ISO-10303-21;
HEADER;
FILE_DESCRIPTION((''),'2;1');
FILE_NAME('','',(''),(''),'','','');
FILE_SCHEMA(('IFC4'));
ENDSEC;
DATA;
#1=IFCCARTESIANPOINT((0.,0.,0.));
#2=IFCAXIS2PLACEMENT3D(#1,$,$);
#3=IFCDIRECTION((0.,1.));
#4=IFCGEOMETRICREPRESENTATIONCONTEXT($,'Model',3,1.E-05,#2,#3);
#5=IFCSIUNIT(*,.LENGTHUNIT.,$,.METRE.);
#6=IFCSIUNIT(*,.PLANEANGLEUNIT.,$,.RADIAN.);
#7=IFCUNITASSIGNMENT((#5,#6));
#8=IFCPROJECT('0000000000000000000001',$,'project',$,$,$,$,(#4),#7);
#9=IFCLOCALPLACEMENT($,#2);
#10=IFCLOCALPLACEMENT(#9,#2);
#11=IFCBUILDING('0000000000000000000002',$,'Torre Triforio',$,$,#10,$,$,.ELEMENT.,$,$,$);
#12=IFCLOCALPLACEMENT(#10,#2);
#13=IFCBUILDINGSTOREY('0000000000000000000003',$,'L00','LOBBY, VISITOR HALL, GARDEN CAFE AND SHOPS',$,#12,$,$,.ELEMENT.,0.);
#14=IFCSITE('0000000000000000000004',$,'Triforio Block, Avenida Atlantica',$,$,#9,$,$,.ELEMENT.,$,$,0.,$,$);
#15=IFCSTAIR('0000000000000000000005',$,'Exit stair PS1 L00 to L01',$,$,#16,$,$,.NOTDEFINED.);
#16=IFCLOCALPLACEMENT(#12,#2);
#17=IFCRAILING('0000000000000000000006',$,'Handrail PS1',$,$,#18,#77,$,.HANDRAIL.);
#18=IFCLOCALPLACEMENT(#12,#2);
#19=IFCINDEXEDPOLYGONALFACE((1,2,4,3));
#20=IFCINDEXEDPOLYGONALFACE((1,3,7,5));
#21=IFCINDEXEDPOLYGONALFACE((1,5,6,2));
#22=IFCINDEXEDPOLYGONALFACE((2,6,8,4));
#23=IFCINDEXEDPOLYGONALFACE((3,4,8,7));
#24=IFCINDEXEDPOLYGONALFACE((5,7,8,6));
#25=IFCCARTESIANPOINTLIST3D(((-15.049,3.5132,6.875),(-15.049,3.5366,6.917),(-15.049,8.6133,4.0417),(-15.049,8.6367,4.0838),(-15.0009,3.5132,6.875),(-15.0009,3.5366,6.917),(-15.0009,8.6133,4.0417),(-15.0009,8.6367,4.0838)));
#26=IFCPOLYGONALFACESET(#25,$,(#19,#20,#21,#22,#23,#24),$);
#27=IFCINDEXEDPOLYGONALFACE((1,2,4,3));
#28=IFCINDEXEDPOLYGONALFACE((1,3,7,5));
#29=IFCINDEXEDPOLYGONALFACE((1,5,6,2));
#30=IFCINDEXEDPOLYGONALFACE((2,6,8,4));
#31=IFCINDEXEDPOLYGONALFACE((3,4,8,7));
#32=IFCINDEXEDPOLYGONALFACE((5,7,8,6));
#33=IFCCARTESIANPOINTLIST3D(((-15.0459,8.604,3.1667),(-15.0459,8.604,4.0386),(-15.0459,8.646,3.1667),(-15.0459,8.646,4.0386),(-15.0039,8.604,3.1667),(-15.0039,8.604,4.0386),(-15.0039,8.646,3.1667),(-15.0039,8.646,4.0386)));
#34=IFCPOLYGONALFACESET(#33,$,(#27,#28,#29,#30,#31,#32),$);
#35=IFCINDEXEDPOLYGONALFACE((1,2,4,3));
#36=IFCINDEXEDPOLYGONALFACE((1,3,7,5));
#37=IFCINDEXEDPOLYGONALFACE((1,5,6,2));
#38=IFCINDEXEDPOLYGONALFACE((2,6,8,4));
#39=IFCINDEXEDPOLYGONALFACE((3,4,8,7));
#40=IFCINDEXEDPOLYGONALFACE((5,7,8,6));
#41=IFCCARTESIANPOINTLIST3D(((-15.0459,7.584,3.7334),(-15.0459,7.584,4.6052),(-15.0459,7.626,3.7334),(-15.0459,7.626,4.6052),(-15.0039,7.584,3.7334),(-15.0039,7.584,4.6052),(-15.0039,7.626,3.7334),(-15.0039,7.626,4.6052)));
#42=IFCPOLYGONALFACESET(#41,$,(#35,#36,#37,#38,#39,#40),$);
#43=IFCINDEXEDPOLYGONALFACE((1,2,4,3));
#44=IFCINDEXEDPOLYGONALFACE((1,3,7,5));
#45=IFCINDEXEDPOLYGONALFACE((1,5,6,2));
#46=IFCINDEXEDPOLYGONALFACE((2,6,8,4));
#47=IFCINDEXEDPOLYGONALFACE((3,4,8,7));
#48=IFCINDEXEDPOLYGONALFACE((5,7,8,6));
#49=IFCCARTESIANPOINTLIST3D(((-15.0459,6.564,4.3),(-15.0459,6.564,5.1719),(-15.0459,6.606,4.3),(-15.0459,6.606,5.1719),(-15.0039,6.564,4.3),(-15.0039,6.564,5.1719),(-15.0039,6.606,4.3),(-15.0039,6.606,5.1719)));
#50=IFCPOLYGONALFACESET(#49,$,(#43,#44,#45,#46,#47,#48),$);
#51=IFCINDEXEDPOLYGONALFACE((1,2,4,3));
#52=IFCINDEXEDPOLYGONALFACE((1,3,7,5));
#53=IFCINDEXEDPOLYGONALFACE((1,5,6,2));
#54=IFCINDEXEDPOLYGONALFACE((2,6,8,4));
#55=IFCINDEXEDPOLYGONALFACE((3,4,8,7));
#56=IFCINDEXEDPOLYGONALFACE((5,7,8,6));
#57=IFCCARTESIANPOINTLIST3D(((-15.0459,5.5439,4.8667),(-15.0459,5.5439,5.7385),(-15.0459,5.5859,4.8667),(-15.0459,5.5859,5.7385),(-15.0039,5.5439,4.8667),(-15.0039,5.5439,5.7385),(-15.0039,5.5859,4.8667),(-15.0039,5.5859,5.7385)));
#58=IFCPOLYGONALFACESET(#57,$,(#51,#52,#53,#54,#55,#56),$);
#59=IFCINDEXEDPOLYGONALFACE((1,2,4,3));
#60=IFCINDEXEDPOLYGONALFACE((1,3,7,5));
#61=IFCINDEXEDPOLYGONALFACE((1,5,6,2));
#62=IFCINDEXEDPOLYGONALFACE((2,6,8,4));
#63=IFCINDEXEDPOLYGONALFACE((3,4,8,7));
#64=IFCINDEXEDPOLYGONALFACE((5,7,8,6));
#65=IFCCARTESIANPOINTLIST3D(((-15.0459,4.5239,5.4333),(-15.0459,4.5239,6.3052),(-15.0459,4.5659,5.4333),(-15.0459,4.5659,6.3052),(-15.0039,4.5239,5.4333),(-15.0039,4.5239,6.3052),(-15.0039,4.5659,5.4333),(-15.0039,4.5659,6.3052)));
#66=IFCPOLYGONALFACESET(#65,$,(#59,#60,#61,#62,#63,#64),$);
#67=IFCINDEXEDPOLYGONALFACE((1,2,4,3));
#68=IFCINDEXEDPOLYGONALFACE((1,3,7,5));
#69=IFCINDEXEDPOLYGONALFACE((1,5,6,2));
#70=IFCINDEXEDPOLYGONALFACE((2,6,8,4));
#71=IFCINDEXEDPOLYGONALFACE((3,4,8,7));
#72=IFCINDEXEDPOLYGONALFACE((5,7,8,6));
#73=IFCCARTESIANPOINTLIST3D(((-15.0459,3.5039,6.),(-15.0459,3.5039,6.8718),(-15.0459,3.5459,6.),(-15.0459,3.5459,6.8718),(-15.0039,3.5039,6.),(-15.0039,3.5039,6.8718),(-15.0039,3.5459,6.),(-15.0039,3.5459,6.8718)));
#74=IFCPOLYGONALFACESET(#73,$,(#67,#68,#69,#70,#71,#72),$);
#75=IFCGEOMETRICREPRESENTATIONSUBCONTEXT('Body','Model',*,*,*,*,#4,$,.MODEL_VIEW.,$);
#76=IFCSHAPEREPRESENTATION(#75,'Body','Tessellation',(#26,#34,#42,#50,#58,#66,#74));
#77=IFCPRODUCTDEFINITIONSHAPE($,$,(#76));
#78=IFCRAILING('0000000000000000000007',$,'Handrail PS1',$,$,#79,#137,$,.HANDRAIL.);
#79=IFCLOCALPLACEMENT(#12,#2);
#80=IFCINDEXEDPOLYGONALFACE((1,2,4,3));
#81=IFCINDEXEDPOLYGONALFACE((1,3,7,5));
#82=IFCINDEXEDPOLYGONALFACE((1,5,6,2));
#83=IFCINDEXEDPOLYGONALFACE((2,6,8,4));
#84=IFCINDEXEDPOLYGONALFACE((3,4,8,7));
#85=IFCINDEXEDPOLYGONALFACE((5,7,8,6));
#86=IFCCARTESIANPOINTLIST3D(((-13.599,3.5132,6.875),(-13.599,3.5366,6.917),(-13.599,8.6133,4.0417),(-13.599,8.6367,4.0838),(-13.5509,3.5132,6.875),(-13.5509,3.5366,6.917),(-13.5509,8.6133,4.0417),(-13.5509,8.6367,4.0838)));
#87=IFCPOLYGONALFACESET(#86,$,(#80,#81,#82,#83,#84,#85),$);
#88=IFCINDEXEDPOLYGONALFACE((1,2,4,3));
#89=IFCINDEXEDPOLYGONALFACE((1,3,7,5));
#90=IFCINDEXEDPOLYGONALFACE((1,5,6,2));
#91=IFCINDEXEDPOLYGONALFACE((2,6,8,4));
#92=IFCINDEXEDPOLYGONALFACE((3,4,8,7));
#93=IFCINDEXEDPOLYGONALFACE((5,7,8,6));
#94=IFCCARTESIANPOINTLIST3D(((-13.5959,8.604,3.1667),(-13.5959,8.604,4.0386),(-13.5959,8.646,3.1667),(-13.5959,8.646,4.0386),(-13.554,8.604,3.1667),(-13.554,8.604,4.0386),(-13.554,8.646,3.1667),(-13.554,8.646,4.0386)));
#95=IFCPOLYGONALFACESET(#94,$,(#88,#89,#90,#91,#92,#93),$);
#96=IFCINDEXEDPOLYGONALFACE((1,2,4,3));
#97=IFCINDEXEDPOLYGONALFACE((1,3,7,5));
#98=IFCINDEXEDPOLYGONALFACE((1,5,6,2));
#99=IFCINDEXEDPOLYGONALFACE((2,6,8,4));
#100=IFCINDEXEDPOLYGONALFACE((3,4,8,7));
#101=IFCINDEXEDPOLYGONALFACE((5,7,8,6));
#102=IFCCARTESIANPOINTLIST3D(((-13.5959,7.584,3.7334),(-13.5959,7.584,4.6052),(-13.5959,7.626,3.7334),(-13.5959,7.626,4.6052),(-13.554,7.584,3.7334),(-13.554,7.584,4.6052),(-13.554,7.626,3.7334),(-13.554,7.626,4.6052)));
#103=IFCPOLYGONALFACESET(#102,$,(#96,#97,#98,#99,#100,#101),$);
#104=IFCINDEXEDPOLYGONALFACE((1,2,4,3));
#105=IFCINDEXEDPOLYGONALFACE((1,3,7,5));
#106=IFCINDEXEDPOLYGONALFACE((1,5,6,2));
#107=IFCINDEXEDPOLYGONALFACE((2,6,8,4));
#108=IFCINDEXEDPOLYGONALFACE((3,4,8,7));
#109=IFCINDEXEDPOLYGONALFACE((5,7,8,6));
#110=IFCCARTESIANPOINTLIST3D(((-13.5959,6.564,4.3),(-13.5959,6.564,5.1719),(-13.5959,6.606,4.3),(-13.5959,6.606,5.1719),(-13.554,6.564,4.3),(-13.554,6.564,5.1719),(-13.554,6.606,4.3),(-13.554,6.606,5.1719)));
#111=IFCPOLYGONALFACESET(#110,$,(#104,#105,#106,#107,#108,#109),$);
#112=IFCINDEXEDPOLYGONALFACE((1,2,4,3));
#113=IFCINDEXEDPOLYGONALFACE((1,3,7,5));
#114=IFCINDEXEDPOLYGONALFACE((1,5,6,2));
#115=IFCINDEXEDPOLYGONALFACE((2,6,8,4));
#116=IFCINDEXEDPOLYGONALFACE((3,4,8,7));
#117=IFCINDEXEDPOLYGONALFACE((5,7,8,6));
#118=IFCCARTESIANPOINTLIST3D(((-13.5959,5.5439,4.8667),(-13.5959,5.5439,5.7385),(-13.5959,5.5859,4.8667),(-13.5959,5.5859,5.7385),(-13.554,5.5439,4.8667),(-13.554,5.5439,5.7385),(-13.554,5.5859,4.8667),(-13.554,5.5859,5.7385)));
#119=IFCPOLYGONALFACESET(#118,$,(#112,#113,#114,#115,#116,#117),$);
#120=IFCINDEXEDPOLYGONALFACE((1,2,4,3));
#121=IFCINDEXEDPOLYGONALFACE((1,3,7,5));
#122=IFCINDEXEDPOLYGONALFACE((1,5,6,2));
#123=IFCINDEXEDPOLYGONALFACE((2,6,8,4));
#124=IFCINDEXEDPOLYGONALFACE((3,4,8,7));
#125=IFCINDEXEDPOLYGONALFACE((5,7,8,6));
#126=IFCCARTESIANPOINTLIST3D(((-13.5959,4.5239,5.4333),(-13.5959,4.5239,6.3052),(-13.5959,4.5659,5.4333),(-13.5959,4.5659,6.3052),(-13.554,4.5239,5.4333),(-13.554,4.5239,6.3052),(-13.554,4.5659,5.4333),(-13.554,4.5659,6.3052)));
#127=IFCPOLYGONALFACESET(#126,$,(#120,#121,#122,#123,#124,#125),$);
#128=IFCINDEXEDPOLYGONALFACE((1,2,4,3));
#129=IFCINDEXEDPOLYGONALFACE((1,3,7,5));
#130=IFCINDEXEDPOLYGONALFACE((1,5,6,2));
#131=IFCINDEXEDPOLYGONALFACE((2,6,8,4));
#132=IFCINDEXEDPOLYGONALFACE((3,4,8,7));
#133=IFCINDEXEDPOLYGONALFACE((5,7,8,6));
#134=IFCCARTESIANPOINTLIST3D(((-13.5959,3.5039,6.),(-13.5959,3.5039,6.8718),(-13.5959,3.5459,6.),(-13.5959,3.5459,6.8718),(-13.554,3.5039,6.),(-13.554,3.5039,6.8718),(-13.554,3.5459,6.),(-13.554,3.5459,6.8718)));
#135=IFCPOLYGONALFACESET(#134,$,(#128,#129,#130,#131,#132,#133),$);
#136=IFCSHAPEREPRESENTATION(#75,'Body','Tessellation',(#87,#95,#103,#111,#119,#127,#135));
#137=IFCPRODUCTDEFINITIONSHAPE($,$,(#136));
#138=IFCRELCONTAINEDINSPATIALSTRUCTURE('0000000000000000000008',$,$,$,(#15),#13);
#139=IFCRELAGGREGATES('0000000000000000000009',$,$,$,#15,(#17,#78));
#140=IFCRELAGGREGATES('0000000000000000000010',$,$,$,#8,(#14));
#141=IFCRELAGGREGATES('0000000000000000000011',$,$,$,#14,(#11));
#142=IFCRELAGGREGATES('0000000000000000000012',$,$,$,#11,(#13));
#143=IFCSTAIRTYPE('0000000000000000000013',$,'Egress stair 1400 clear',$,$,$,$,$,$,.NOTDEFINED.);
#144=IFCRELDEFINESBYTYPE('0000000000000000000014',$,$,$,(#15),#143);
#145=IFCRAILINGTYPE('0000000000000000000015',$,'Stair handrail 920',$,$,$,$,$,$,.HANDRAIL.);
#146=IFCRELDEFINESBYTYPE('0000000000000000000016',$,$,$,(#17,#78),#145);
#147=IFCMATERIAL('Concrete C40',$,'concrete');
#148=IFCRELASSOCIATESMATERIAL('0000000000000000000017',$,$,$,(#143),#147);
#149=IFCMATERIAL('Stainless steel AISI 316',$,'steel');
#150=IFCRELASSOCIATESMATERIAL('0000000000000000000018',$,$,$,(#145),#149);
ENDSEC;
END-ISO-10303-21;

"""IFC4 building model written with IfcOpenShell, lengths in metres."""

from ifc_helpers import new_model, si_unit, direction, frame, origin, origin_2d, place, context, subcontext, project, spatial, rectangle, extrude, material, type_object, element, aggregate, save


model = new_model("IFC4")

# Units and contexts
model_context = context("Model", 3, precision=1e-05, world=origin(), true_north=direction((0.0, 1.0)))
body_context = subcontext(model_context, "Body", "Model", "MODEL_VIEW")
ifc_project = project(units=[si_unit("LENGTHUNIT", "METRE"), si_unit("PLANEANGLEUNIT", "RADIAN")], contexts=[model_context])

# Site, building, storey
site_placement = place(None, origin())
site = spatial("IfcSite", under=ifc_project, at=site_placement, Name="Triforio Block, Avenida Atlantica", CompositionType="ELEMENT", RefElevation=0.0)
building_placement = place(site_placement, origin())
building = spatial("IfcBuilding", under=site, at=building_placement, Name="Torre Triforio", CompositionType="ELEMENT")
storey_placement = place(building_placement, origin())
storey = spatial("IfcBuildingStorey", under=building, at=storey_placement, Name="L00", Description="LOBBY, VISITOR HALL, GARDEN CAFE AND SHOPS", CompositionType="ELEMENT", Elevation=0.0)

# Stair
ifc_material_1 = material(Name="Concrete C40", Category="concrete")
stair_type_1 = type_object("IfcStairType", Name="Egress stair 1400 clear", PredefinedType="NOTDEFINED", material=ifc_material_1)
stair_1_placement = place(storey_placement, origin())
stair_1 = element("IfcStair", 1, at=stair_1_placement, inside=storey, type_object=stair_type_1, Name="Exit stair PS1 L00 to L01", PredefinedType="NOTDEFINED")

# Shared definitions
ifc_material_2 = material(Name="Stainless steel AISI 316", Category="steel")

# Railings
railing_type_1 = type_object("IfcRailingType", Name="Stair handrail 920", PredefinedType="HANDRAIL", material=ifc_material_2)
railing_1_placement = place(storey_placement, frame((-15.0249, 8.625, 3.1667)))
railing_1 = element("IfcRailing", 2, at=railing_1_placement, type_object=railing_type_1, Name="Handrail PS1", PredefinedType="HANDRAIL", context=body_context, shape_type="SweptSolid", body=[
    extrude(rectangle(XDim=0.0481, YDim=0.0481, at=origin_2d()), frame((0.0, 0.0, 0.896), z_axis=(0.0, -0.874167, 0.485625), x_axis=(1.0, 0.0, 0.0)), (0.0, 0.0, 1.0), 5.8342),
    extrude(rectangle(XDim=0.042, YDim=0.042, at=origin_2d()), origin(), (0.0, 0.0, 1.0), 0.8718),
    extrude(rectangle(XDim=0.042, YDim=0.042, at=origin_2d()), frame((0.0, -1.02, 0.5667)), (0.0, 0.0, 1.0), 0.8718),
    extrude(rectangle(XDim=0.042, YDim=0.042, at=origin_2d()), frame((0.0, -2.04, 1.1333)), (0.0, 0.0, 1.0), 0.8718),
    extrude(rectangle(XDim=0.042, YDim=0.042, at=origin_2d()), frame((0.0, -3.0601, 1.7)), (0.0, 0.0, 1.0), 0.8718),
    extrude(rectangle(XDim=0.042, YDim=0.042, at=origin_2d()), frame((0.0, -4.0801, 2.2666)), (0.0, 0.0, 1.0), 0.8718),
    extrude(rectangle(XDim=0.042, YDim=0.042, at=origin_2d()), frame((0.0, -5.1001, 2.8333)), (0.0, 0.0, 1.0), 0.8718),
])
railing_2_placement = place(storey_placement, frame((-13.575, 8.625, 3.1667)))
railing_2 = element("IfcRailing", 3, at=railing_2_placement, type_object=railing_type_1, Name="Handrail PS1", PredefinedType="HANDRAIL", context=body_context, shape_type="SweptSolid", body=[
    extrude(rectangle(XDim=0.0481, YDim=0.0481, at=origin_2d()), frame((0.0, 0.0, 0.896), z_axis=(0.0, -0.874167, 0.485625), x_axis=(1.0, 0.0, 0.0)), (0.0, 0.0, 1.0), 5.8342),
    extrude(rectangle(XDim=0.042, YDim=0.042, at=origin_2d()), origin(), (0.0, 0.0, 1.0), 0.8718),
    extrude(rectangle(XDim=0.042, YDim=0.042, at=origin_2d()), frame((0.0, -1.02, 0.5667)), (0.0, 0.0, 1.0), 0.8718),
    extrude(rectangle(XDim=0.042, YDim=0.042, at=origin_2d()), frame((0.0, -2.04, 1.1333)), (0.0, 0.0, 1.0), 0.8718),
    extrude(rectangle(XDim=0.042, YDim=0.042, at=origin_2d()), frame((0.0, -3.0601, 1.7)), (0.0, 0.0, 1.0), 0.8718),
    extrude(rectangle(XDim=0.042, YDim=0.042, at=origin_2d()), frame((0.0, -4.0801, 2.2666)), (0.0, 0.0, 1.0), 0.8718),
    extrude(rectangle(XDim=0.042, YDim=0.042, at=origin_2d()), frame((0.0, -5.1001, 2.8333)), (0.0, 0.0, 1.0), 0.8718),
])
aggregate(stair_1, [railing_1, railing_2])

save(model, "model.ifc")
